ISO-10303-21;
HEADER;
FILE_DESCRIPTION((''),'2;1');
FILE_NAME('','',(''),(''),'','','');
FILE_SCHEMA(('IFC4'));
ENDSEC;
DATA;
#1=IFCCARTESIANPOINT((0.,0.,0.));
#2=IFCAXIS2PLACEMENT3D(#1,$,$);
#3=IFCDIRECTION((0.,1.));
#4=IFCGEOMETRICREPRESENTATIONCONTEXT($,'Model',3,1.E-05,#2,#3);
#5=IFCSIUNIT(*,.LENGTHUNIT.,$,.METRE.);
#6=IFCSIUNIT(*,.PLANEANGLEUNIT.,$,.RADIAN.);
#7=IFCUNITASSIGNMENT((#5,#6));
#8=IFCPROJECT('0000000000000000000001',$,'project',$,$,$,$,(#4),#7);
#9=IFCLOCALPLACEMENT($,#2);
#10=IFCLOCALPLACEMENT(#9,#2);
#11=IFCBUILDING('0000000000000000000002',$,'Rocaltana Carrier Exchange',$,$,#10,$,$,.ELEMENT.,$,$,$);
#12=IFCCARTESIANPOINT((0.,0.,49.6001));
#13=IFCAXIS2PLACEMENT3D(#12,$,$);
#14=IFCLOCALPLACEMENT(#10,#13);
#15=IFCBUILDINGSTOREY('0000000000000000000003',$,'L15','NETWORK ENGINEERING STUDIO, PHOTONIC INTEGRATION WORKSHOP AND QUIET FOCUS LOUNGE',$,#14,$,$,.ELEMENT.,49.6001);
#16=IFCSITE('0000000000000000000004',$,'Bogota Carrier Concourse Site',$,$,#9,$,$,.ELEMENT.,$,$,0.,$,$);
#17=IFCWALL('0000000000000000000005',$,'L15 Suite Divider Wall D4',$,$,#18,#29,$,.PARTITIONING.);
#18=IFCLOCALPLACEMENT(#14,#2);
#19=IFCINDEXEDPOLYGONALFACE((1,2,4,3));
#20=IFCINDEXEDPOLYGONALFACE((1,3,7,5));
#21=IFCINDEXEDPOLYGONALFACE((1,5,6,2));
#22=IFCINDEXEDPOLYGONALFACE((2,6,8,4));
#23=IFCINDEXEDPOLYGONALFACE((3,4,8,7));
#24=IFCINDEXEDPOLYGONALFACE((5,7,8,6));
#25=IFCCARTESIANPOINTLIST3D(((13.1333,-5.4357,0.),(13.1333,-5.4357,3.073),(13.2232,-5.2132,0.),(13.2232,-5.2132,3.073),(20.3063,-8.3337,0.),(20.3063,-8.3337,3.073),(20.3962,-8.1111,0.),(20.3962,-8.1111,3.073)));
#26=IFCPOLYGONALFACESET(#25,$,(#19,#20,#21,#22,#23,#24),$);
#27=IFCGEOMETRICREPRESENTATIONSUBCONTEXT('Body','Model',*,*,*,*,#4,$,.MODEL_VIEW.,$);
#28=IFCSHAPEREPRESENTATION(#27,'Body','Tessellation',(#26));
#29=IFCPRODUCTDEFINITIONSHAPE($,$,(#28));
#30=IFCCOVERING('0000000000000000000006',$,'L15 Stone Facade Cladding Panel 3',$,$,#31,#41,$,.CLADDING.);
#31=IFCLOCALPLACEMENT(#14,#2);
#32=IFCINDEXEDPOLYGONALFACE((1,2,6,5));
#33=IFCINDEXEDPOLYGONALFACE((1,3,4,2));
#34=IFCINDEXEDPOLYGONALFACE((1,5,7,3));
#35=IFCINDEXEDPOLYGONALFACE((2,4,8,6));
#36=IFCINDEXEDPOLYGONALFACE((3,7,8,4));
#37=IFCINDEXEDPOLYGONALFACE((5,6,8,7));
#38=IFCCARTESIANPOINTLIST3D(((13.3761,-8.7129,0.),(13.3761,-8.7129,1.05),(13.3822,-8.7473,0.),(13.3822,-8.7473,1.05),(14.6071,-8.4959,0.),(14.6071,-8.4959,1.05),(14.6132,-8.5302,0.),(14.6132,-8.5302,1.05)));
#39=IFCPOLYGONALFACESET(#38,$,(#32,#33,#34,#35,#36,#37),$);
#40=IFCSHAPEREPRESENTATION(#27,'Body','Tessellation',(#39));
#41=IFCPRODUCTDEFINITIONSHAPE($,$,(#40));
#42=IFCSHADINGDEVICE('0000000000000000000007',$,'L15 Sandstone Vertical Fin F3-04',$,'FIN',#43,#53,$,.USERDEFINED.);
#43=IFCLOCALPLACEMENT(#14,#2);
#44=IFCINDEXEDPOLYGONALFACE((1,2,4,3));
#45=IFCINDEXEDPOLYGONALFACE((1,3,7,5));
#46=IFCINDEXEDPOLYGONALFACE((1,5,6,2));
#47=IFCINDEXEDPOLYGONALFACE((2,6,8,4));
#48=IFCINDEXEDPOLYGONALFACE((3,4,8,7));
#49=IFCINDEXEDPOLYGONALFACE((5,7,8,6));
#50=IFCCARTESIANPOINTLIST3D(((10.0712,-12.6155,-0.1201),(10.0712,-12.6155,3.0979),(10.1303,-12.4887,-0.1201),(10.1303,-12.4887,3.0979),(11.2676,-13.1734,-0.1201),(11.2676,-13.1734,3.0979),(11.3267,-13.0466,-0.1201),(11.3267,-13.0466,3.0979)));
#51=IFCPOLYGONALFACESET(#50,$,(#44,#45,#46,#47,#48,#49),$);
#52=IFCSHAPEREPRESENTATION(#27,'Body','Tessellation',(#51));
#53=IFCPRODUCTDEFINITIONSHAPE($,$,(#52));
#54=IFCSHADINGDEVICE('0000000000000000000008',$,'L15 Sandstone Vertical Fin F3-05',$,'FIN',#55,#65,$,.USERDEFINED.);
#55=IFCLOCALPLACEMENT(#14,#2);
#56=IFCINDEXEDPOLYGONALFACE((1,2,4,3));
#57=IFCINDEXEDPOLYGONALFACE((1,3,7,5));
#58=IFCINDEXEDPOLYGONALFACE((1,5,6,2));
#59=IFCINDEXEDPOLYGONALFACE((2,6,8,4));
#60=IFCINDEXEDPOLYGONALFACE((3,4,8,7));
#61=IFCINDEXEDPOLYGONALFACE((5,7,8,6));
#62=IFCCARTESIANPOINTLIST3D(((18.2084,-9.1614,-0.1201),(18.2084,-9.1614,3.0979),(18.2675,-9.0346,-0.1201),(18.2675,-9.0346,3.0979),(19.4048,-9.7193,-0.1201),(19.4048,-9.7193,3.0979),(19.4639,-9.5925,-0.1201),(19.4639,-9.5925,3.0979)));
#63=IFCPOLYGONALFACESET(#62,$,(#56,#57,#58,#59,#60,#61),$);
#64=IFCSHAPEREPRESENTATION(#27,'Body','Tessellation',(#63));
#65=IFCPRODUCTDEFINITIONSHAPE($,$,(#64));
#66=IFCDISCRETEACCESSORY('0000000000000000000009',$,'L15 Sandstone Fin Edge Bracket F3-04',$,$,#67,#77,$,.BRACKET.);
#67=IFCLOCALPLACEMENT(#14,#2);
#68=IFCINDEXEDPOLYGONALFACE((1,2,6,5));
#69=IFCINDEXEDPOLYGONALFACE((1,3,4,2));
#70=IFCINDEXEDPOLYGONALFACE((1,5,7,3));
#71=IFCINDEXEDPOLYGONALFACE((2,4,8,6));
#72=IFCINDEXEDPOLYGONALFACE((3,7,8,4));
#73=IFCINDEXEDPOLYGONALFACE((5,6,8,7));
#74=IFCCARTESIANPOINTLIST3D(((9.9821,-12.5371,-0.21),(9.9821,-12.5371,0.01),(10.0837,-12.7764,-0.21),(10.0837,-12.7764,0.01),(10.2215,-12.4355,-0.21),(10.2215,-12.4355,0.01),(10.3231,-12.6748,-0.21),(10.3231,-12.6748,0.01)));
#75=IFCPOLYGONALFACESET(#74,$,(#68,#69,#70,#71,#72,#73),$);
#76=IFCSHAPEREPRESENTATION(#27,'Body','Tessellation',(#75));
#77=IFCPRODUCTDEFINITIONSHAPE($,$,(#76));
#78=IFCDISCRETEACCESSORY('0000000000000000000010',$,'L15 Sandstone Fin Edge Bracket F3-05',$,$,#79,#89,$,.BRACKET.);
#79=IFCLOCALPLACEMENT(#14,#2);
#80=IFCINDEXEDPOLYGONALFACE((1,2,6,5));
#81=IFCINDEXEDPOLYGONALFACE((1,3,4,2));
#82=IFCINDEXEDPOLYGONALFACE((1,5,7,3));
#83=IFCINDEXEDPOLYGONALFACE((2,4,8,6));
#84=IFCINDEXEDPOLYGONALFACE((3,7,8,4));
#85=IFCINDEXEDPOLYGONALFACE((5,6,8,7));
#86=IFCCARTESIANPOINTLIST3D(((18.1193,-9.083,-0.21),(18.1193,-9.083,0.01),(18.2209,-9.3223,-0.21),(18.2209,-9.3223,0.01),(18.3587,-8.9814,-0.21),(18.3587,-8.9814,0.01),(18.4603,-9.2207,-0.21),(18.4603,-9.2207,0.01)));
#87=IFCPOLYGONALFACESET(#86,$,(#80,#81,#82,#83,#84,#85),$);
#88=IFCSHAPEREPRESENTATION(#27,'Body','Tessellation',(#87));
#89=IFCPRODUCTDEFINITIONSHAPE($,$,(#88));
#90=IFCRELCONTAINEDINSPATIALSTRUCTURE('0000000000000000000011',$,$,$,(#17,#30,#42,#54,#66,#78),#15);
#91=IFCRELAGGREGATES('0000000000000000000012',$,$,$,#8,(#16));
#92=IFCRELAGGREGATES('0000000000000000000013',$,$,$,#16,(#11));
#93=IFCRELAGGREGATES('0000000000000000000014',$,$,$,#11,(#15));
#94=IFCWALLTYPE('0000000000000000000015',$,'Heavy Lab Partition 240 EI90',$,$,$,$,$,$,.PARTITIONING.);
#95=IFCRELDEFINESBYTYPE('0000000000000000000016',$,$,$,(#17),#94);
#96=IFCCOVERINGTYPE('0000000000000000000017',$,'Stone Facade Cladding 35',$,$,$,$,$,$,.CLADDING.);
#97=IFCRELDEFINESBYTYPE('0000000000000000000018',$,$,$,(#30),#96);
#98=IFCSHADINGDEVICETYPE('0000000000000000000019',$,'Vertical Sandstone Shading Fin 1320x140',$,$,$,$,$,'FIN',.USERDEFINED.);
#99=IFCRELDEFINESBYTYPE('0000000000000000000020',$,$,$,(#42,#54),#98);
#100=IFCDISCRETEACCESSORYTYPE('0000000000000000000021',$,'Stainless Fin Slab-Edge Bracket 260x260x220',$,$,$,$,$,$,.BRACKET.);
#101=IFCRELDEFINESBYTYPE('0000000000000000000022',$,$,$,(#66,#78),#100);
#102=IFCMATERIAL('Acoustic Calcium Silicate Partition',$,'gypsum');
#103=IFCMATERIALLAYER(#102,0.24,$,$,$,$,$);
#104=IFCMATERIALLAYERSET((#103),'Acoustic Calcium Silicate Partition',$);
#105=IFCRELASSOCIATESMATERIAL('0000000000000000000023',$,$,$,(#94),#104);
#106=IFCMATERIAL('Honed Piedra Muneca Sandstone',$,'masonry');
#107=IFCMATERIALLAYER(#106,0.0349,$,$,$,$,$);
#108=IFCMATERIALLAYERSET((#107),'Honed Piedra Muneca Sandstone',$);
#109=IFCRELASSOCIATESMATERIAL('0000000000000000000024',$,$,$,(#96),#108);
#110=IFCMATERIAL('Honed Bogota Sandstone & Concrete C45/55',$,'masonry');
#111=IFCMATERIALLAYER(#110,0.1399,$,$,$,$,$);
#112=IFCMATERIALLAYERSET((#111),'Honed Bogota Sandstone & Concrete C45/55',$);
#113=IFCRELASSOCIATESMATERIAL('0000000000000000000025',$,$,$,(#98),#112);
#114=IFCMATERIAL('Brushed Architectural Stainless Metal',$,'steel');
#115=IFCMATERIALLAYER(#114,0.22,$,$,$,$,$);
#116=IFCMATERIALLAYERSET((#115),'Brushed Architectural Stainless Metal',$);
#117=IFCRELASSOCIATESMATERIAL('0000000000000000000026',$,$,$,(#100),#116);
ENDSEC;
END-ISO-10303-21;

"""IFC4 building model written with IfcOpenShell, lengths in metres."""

from ifc_helpers import new_model, si_unit, direction, frame, frame_2d, origin, origin_2d, place, context, subcontext, project, spatial, rectangle, extrude, material, layer, layer_set, type_object, element, save


model = new_model("IFC4")

# Units and contexts
model_context = context("Model", 3, precision=1e-05, world=origin(), true_north=direction((0.0, 1.0)))
body_context = subcontext(model_context, "Body", "Model", "MODEL_VIEW")
ifc_project = project(units=[si_unit("LENGTHUNIT", "METRE"), si_unit("PLANEANGLEUNIT", "RADIAN")], contexts=[model_context])

# Site, building, storey
site_placement = place(None, origin())
site = spatial("IfcSite", under=ifc_project, at=site_placement, Name="Bogota Carrier Concourse Site", CompositionType="ELEMENT", RefElevation=0.0)
building_placement = place(site_placement, origin())
building = spatial("IfcBuilding", under=site, at=building_placement, Name="Rocaltana Carrier Exchange", CompositionType="ELEMENT")
storey_placement = place(building_placement, frame((0.0, 0.0, 49.6001)))
storey = spatial("IfcBuildingStorey", under=building, at=storey_placement, Name="L15", Description="NETWORK ENGINEERING STUDIO, PHOTONIC INTEGRATION WORKSHOP AND QUIET FOCUS LOUNGE", CompositionType="ELEMENT", Elevation=49.6001)

# Wall
ifc_material_1 = material(Name="Acoustic Calcium Silicate Partition", Category="gypsum")
ifc_layer_1 = layer(ifc_material_1, 0.24)
ifc_layer_set_1 = layer_set([ifc_layer_1], Name="Acoustic Calcium Silicate Partition")
wall_type_1 = type_object("IfcWallType", Name="Heavy Lab Partition 240 EI90", PredefinedType="PARTITIONING", material=ifc_layer_set_1)
wall_1_placement = place(storey_placement, frame((13.1782, -5.3245, 0.0), z_axis=(0.0, 0.0, 1.0), x_axis=(0.927191, -0.374588, 0.0)))
element("IfcWall", 1, at=wall_1_placement, inside=storey, type_object=wall_type_1, Name="L15 Suite Divider Wall D4", PredefinedType="PARTITIONING", context=body_context, shape_type="SweptSolid", body=[
    extrude(rectangle(XDim=7.7363, YDim=0.24, at=frame_2d((3.8682, 0.0))), origin(), (0.0, 0.0, 1.0), 3.073),
])

# Covering
ifc_material_2 = material(Name="Honed Piedra Muneca Sandstone", Category="masonry")
ifc_layer_2 = layer(ifc_material_2, 0.0349)
ifc_layer_set_2 = layer_set([ifc_layer_2], Name="Honed Piedra Muneca Sandstone")
covering_type = type_object("IfcCoveringType", Name="Stone Facade Cladding 35", PredefinedType="CLADDING", material=ifc_layer_set_2)
covering_placement = place(storey_placement, frame((13.9946, -8.6216, 0.0), z_axis=(0.0, 0.0, 1.0), x_axis=(0.984808, 0.173648, 0.0)))
element("IfcCovering", 2, at=covering_placement, inside=storey, type_object=covering_type, Name="L15 Stone Facade Cladding Panel 3", PredefinedType="CLADDING", context=body_context, shape_type="SweptSolid", body=[
    extrude(rectangle(XDim=1.25, YDim=0.0349, at=origin_2d()), origin(), (0.0, 0.0, 1.0), 1.05),
])

# Shading devices
ifc_material_3 = material(Name="Honed Bogota Sandstone & Concrete C45/55", Category="masonry")
ifc_layer_3 = layer(ifc_material_3, 0.1399)
ifc_layer_set_3 = layer_set([ifc_layer_3], Name="Honed Bogota Sandstone & Concrete C45/55")
shading_device_type = type_object("IfcShadingDeviceType", Name="Vertical Sandstone Shading Fin 1320x140", ElementType="FIN", PredefinedType="USERDEFINED", material=ifc_layer_set_3)
for number, where, z_axis, x_axis, name in (
    (3, (10.699, -12.8311, -0.1201), (0.0, 0.0, 1.0), (0.906308, -0.422618, 0.0), "L15 Sandstone Vertical Fin F3-04"),
    (4, (18.8362, -9.377, -0.1201), (0.0, 0.0, 1.0), (0.906308, -0.422618, 0.0), "L15 Sandstone Vertical Fin F3-05"),
):
    element("IfcShadingDevice", number, at=place(storey_placement, frame(where, z_axis=z_axis, x_axis=x_axis)), inside=storey, type_object=shading_device_type, Name=name, ObjectType="FIN", PredefinedType="USERDEFINED", context=body_context, shape_type="SweptSolid", body=[
        extrude(rectangle(XDim=1.3201, YDim=0.1399, at=origin_2d()), origin(), (0.0, 0.0, 1.0), 3.218),
    ])

# Discrete accessories
ifc_material_4 = material(Name="Brushed Architectural Stainless Metal", Category="steel")
ifc_layer_4 = layer(ifc_material_4, 0.22)
ifc_layer_set_4 = layer_set([ifc_layer_4], Name="Brushed Architectural Stainless Metal")
discrete_accessory_type = type_object("IfcDiscreteAccessoryType", Name="Stainless Fin Slab-Edge Bracket 260x260x220", PredefinedType="BRACKET", material=ifc_layer_set_4)
for number, where, z_axis, x_axis, name in (
    (5, (10.1526, -12.606, -0.21), (0.0, 0.0, 1.0), (0.920505, 0.390731, 0.0), "L15 Sandstone Fin Edge Bracket F3-04"),
    (6, (18.2898, -9.1519, -0.21), (0.0, 0.0, 1.0), (0.920505, 0.390731, 0.0), "L15 Sandstone Fin Edge Bracket F3-05"),
):
    element("IfcDiscreteAccessory", number, at=place(storey_placement, frame(where, z_axis=z_axis, x_axis=x_axis)), inside=storey, type_object=discrete_accessory_type, Name=name, PredefinedType="BRACKET", context=body_context, shape_type="SweptSolid", body=[
        extrude(rectangle(XDim=0.26, YDim=0.26, at=origin_2d()), origin(), (0.0, 0.0, 1.0), 0.22),
    ])

save(model, "model.ifc")
